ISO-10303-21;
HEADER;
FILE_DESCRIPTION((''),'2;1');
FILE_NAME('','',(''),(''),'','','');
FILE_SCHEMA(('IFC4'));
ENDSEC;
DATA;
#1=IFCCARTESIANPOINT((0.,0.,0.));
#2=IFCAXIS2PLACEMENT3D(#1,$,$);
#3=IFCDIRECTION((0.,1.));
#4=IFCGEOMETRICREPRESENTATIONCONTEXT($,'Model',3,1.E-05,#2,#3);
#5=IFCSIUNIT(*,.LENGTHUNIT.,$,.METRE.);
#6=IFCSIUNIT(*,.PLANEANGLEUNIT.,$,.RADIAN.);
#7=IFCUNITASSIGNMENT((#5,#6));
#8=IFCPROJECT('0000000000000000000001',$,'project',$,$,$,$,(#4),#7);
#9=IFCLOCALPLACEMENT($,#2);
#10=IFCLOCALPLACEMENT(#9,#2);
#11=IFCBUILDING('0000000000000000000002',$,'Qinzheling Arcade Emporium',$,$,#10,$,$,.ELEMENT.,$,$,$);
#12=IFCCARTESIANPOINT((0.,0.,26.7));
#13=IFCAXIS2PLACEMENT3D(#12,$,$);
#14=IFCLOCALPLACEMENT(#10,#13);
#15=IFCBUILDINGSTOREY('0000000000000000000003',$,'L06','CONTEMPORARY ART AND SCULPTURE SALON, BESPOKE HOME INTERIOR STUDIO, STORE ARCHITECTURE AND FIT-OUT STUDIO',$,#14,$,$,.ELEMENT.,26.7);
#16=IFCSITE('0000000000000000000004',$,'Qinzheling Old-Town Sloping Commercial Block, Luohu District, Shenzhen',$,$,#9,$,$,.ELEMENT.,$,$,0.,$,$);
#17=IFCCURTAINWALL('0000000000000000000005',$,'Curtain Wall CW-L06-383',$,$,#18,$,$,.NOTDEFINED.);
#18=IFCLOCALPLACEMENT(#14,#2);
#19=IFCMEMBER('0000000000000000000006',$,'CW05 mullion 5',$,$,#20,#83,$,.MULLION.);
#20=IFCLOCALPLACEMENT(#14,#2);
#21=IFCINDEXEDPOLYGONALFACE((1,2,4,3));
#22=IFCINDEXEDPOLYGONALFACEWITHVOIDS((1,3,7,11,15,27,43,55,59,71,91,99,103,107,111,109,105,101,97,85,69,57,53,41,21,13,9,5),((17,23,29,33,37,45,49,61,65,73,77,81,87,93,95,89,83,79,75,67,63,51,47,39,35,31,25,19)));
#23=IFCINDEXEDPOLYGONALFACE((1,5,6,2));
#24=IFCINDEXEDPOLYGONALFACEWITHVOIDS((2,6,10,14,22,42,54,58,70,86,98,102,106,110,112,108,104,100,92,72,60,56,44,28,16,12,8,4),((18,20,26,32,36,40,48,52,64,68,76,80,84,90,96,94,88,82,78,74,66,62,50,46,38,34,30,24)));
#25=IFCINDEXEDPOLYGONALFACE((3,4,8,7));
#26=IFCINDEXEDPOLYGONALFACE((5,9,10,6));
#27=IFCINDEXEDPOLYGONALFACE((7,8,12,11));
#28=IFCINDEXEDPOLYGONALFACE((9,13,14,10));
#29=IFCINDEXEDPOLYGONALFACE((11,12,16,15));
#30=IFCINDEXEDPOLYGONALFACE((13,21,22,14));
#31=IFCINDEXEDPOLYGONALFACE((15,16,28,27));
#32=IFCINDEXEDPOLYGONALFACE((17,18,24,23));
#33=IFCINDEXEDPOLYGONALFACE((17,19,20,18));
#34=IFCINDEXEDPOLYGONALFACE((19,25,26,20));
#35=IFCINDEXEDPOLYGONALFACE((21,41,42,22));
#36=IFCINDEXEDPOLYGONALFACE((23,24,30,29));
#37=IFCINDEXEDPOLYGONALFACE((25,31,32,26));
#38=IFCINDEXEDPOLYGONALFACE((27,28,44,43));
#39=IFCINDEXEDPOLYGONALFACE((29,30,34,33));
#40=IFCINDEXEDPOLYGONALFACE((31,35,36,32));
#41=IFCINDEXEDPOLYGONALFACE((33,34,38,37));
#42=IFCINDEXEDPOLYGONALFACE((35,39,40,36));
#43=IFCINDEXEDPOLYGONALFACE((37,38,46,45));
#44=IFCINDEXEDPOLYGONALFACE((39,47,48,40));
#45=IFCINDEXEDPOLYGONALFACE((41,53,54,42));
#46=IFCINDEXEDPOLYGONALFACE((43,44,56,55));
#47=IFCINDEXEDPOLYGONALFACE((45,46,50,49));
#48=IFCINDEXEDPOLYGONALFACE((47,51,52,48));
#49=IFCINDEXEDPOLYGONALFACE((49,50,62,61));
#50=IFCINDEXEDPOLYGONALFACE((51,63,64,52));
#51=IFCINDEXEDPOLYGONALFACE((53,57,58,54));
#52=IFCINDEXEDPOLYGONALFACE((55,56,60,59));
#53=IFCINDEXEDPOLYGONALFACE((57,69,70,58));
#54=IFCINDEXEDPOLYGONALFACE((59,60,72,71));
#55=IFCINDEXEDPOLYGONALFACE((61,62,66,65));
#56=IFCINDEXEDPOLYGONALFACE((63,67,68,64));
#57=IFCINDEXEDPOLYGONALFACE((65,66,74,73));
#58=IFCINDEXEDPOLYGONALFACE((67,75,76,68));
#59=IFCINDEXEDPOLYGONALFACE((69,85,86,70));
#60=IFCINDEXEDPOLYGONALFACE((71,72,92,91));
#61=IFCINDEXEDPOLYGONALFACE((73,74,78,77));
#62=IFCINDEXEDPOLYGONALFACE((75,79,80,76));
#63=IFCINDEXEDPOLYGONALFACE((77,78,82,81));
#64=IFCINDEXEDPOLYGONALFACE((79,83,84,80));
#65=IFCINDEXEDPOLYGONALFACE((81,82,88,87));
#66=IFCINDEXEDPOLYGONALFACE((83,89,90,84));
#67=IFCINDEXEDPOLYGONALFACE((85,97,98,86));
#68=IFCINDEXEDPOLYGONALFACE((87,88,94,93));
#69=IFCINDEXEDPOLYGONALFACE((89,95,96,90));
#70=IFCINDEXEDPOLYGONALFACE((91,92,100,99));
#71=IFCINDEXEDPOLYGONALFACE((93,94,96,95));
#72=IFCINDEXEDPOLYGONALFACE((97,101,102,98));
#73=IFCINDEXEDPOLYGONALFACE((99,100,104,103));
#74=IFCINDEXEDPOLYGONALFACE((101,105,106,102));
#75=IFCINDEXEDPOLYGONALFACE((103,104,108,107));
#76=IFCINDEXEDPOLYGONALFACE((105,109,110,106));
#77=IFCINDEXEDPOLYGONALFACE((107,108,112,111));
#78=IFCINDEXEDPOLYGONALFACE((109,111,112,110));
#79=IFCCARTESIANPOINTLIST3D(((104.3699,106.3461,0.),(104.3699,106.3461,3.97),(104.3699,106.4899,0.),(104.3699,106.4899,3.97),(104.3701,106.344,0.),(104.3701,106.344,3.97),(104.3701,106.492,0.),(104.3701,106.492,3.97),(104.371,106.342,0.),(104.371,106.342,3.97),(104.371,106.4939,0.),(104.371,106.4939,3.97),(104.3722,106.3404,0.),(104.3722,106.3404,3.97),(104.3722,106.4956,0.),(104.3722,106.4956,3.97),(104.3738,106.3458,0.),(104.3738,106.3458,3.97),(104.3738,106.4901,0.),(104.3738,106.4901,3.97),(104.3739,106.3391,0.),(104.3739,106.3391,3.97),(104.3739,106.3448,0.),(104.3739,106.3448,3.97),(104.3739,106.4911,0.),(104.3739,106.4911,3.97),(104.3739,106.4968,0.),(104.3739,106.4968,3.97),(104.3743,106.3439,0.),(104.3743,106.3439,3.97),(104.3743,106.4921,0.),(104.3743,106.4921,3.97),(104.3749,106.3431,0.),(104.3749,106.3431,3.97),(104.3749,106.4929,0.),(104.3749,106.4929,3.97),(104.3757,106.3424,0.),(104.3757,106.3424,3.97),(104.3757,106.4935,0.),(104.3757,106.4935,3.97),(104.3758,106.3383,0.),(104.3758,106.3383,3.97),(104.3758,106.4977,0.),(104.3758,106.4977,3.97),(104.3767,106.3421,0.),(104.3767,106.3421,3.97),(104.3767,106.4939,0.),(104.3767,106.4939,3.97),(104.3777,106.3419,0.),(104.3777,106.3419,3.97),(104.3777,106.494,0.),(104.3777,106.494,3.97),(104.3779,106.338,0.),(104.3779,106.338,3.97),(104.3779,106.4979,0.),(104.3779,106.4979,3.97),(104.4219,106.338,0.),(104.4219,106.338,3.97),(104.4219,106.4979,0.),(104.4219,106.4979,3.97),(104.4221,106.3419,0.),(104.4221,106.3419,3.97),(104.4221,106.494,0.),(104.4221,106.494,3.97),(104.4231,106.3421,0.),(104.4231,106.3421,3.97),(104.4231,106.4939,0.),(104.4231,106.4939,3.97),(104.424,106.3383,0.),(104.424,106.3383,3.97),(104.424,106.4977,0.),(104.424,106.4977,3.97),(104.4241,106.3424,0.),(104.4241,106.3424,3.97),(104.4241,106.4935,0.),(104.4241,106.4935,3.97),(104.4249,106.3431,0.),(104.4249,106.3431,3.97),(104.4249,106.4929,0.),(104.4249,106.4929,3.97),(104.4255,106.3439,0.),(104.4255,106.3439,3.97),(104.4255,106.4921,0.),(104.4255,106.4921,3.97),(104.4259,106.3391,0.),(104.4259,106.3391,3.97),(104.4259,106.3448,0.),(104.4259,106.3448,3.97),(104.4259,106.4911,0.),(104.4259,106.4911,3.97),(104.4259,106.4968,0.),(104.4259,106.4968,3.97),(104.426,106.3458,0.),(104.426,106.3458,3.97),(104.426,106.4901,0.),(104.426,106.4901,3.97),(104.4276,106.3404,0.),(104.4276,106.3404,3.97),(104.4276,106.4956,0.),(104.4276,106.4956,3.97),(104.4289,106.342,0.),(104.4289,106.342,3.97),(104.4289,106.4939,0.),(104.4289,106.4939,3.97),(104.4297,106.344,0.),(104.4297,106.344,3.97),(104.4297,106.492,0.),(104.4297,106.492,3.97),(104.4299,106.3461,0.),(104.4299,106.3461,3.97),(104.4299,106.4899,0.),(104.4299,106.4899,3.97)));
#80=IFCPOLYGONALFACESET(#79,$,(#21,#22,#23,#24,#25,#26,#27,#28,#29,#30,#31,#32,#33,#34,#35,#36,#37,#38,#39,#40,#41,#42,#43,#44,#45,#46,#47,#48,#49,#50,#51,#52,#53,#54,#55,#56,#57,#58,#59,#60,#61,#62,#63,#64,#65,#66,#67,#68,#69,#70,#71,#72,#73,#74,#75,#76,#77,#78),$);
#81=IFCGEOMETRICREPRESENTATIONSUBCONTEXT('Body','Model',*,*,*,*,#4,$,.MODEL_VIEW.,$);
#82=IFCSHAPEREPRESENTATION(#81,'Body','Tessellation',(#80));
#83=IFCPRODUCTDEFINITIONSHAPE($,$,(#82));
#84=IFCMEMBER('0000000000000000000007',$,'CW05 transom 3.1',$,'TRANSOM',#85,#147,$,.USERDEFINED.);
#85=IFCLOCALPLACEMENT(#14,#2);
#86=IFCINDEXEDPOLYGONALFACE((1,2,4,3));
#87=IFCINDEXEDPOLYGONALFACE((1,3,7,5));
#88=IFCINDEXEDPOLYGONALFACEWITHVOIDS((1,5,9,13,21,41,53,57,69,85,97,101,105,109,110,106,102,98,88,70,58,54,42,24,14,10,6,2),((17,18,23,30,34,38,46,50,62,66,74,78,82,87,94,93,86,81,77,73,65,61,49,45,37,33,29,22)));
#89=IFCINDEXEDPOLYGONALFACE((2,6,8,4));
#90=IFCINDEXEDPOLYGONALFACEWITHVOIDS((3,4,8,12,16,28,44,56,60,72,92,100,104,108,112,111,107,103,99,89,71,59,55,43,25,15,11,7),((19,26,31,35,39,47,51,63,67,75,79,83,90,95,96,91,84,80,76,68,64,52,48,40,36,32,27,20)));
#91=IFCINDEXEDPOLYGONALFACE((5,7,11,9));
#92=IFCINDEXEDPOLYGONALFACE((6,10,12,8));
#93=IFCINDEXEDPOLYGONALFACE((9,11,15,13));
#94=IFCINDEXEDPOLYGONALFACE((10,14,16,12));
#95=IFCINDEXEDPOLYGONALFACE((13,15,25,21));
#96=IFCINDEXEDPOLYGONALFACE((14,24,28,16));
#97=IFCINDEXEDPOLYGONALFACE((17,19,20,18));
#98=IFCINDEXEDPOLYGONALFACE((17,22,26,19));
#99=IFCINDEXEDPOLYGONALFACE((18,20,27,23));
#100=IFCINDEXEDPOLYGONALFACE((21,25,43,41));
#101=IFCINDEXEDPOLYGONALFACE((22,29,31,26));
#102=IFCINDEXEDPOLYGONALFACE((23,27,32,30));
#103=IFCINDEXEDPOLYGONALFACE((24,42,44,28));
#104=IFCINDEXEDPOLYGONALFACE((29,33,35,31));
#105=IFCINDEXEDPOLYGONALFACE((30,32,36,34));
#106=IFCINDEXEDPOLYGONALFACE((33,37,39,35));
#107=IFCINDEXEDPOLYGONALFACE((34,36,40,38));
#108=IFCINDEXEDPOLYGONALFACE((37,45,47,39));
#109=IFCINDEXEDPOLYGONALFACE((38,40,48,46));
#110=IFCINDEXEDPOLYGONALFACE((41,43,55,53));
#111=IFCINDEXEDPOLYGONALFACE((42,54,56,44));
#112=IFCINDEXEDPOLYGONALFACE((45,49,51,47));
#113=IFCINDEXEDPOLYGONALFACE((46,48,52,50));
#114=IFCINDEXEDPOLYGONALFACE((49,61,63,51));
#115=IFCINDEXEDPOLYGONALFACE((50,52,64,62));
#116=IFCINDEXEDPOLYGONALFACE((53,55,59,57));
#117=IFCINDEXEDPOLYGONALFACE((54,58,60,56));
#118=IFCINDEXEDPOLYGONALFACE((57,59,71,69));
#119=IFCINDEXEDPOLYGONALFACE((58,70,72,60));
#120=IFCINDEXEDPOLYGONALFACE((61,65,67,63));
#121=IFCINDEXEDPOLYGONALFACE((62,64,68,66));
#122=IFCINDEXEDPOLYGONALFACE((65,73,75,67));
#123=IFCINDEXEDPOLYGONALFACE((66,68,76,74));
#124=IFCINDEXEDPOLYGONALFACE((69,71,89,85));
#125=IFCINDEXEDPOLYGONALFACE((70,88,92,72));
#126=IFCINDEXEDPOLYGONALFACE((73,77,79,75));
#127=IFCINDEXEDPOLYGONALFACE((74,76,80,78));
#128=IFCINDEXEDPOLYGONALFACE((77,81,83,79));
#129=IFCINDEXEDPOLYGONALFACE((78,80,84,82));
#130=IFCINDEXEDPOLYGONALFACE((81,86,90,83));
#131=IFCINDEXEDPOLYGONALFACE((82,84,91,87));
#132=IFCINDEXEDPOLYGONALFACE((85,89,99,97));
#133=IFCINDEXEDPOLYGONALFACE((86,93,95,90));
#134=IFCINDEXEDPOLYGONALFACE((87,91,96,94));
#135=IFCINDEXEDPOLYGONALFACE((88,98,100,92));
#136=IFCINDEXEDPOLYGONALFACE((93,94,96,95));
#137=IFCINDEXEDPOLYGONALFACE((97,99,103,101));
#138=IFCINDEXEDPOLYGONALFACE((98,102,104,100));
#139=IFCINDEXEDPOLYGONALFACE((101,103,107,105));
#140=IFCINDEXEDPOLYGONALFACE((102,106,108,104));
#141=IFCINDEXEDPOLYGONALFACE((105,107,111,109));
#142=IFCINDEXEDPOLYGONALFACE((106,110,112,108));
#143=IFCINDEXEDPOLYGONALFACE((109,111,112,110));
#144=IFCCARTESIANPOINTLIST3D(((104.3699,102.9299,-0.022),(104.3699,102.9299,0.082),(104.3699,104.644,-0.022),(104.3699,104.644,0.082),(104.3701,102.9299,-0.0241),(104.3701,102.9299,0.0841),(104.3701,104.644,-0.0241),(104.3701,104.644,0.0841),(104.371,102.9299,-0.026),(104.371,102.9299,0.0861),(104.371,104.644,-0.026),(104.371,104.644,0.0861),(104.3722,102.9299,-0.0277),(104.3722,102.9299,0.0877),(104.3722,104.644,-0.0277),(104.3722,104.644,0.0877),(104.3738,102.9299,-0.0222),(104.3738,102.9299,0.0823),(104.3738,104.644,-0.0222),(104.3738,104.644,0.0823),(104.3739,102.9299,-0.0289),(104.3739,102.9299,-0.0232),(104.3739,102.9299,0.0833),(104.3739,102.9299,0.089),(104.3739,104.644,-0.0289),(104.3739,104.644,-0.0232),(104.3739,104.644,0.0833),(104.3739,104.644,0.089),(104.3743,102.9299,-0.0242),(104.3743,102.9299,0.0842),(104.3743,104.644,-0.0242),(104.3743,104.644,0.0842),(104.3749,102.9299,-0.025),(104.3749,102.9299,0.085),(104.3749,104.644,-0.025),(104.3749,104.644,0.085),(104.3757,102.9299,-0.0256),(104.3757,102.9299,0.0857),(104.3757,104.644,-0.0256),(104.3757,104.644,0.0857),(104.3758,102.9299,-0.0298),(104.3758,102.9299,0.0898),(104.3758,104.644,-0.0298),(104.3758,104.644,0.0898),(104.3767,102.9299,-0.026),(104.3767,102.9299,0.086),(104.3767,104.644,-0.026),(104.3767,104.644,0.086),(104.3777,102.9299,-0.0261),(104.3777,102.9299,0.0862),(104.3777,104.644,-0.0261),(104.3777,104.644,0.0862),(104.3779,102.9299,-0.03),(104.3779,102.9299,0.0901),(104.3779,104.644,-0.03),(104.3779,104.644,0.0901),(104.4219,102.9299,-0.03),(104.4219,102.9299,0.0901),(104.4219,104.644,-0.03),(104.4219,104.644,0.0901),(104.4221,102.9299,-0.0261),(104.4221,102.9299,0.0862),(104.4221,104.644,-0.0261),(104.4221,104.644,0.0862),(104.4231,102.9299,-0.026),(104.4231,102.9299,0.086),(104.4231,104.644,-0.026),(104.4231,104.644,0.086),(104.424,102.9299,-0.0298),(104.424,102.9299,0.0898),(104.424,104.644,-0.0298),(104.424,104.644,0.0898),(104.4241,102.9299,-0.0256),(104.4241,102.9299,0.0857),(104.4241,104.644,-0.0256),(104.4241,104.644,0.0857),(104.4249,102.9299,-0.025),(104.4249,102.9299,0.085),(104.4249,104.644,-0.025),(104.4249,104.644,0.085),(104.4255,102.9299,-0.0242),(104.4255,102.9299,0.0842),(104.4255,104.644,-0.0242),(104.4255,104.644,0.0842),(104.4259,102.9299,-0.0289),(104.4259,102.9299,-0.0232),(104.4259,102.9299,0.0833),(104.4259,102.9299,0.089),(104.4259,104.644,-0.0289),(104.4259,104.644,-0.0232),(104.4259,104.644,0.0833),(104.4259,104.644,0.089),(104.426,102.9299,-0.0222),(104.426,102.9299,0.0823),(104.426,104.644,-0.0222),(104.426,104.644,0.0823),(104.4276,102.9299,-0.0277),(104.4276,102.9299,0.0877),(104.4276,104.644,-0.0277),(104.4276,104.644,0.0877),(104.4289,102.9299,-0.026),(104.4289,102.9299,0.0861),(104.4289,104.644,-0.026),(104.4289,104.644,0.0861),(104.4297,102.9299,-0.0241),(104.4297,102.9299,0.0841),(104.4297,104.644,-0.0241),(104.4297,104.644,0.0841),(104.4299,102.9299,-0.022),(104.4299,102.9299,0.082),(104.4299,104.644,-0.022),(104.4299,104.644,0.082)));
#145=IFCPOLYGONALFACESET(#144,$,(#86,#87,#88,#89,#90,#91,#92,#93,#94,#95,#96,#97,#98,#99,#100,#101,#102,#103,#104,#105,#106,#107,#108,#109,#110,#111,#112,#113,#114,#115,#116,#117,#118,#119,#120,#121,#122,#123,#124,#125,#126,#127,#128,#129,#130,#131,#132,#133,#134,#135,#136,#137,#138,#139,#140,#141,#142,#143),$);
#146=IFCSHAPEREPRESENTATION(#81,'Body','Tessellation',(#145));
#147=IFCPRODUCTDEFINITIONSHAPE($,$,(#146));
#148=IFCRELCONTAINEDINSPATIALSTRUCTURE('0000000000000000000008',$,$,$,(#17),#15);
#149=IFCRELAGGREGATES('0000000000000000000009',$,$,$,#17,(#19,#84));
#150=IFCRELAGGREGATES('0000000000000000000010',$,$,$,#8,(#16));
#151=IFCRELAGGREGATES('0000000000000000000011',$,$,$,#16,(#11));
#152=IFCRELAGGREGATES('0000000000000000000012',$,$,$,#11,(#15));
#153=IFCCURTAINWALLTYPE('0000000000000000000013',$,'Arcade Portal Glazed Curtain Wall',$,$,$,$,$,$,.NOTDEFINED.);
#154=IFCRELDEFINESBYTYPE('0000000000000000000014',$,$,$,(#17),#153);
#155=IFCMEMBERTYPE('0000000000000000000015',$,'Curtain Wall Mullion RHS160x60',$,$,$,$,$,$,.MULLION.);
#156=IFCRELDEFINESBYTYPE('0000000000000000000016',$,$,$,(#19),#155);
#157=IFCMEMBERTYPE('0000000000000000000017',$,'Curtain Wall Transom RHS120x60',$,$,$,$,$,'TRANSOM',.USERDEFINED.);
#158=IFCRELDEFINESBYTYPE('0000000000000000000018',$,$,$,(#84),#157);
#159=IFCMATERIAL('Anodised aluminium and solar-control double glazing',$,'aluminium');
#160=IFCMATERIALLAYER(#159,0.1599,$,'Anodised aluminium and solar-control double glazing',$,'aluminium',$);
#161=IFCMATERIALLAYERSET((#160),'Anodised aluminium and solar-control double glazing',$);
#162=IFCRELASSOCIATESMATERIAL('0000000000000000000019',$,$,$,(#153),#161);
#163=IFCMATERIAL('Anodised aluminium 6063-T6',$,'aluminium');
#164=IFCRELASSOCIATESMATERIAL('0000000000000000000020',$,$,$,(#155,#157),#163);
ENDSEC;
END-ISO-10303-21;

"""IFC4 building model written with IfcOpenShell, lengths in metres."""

from ifc_helpers import new_model, si_unit, direction, frame, origin, origin_2d, place, context, subcontext, project, spatial, hollow_rectangle, extrude, material, layer, layer_set, material_profile, profile_set, type_object, element, aggregate, save


model = new_model("IFC4")

# Units and contexts
model_context = context("Model", 3, precision=1e-05, world=origin(), true_north=direction((0.0, 1.0)))
body_context = subcontext(model_context, "Body", "Model", "MODEL_VIEW")
ifc_project = project(units=[si_unit("LENGTHUNIT", "METRE"), si_unit("PLANEANGLEUNIT", "RADIAN")], contexts=[model_context])

# Site, building, storey
site_placement = place(None, origin())
site = spatial("IfcSite", under=ifc_project, at=site_placement, Name="Qinzheling Old-Town Sloping Commercial Block, Luohu District, Shenzhen", CompositionType="ELEMENT", RefElevation=0.0)
building_placement = place(site_placement, origin())
building = spatial("IfcBuilding", under=site, at=building_placement, Name="Qinzheling Arcade Emporium", CompositionType="ELEMENT")
storey_placement = place(building_placement, frame((0.0, 0.0, 26.7)))
storey = spatial("IfcBuildingStorey", under=building, at=storey_placement, Name="L06", Description="CONTEMPORARY ART AND SCULPTURE SALON, BESPOKE HOME INTERIOR STUDIO, STORE ARCHITECTURE AND FIT-OUT STUDIO", CompositionType="ELEMENT", Elevation=26.7)

# Curtain wall, members
ifc_material_1 = material(Name="Anodised aluminium and solar-control double glazing", Category="aluminium")
ifc_layer_1 = layer(ifc_material_1, 0.1599, Name="Anodised aluminium and solar-control double glazing", Category="aluminium")
ifc_layer_set_1 = layer_set([ifc_layer_1], Name="Anodised aluminium and solar-control double glazing")
curtain_wall_type = type_object("IfcCurtainWallType", Name="Arcade Portal Glazed Curtain Wall", PredefinedType="NOTDEFINED", material=ifc_layer_set_1)
curtain_wall_placement = place(storey_placement, origin())
curtain_wall = element("IfcCurtainWall", 1, at=curtain_wall_placement, inside=storey, type_object=curtain_wall_type, Name="Curtain Wall CW-L06-383", PredefinedType="NOTDEFINED")
ifc_material_2 = material(Name="Anodised aluminium 6063-T6", Category="aluminium")
ifc_material_profile_1 = material_profile(ifc_material_2, hollow_rectangle(XDim=0.0601, YDim=0.1599, WallThickness=0.0039, InnerFilletRadius=0.0039, OuterFilletRadius=0.0081, at=origin_2d()), Name="RHS 160x60x4", Category="aluminium")
ifc_profile_set_1 = profile_set([ifc_material_profile_1], Name="Anodised aluminium 6063-T6")
member_type_1 = type_object("IfcMemberType", Name="Curtain Wall Mullion RHS160x60", PredefinedType="MULLION", material=ifc_profile_set_1)
member_1_placement = place(storey_placement, frame((104.3999, 106.418, 0.0), z_axis=(0.0, 0.0, 1.0), x_axis=(-1.0, 0.0, 0.0)))
member_1 = element("IfcMember", 2, at=member_1_placement, type_object=member_type_1, Name="CW05 mullion 5", PredefinedType="MULLION", context=body_context, shape_type="SweptSolid", body=[
    extrude(hollow_rectangle(XDim=0.0601, YDim=0.1599, WallThickness=0.0039, InnerFilletRadius=0.0039, OuterFilletRadius=0.0081, at=origin_2d()), origin(), (0.0, 0.0, 1.0), 3.97),
])
ifc_material_profile_2 = material_profile(ifc_material_2, hollow_rectangle(XDim=0.0601, YDim=0.1201, WallThickness=0.0039, InnerFilletRadius=0.0039, OuterFilletRadius=0.0081, at=origin_2d()), Name="RHS 120x60x4", Category="aluminium")
ifc_profile_set_2 = profile_set([ifc_material_profile_2], Name="Anodised aluminium 6063-T6")
member_type_2 = type_object("IfcMemberType", Name="Curtain Wall Transom RHS120x60", ElementType="TRANSOM", PredefinedType="USERDEFINED", material=ifc_profile_set_2)
member_2_placement = place(storey_placement, frame((104.3999, 102.9299, 0.03), z_axis=(0.0, 1.0, 0.0), x_axis=(-1.0, 0.0, 0.0)))
member_2 = element("IfcMember", 3, at=member_2_placement, type_object=member_type_2, Name="CW05 transom 3.1", ObjectType="TRANSOM", PredefinedType="USERDEFINED", context=body_context, shape_type="SweptSolid", body=[
    extrude(hollow_rectangle(XDim=0.0601, YDim=0.1201, WallThickness=0.0039, InnerFilletRadius=0.0039, OuterFilletRadius=0.0081, at=origin_2d()), origin(), (0.0, 0.0, 1.0), 1.7141),
])

aggregate(curtain_wall, [member_1, member_2])

save(model, "model.ifc")
